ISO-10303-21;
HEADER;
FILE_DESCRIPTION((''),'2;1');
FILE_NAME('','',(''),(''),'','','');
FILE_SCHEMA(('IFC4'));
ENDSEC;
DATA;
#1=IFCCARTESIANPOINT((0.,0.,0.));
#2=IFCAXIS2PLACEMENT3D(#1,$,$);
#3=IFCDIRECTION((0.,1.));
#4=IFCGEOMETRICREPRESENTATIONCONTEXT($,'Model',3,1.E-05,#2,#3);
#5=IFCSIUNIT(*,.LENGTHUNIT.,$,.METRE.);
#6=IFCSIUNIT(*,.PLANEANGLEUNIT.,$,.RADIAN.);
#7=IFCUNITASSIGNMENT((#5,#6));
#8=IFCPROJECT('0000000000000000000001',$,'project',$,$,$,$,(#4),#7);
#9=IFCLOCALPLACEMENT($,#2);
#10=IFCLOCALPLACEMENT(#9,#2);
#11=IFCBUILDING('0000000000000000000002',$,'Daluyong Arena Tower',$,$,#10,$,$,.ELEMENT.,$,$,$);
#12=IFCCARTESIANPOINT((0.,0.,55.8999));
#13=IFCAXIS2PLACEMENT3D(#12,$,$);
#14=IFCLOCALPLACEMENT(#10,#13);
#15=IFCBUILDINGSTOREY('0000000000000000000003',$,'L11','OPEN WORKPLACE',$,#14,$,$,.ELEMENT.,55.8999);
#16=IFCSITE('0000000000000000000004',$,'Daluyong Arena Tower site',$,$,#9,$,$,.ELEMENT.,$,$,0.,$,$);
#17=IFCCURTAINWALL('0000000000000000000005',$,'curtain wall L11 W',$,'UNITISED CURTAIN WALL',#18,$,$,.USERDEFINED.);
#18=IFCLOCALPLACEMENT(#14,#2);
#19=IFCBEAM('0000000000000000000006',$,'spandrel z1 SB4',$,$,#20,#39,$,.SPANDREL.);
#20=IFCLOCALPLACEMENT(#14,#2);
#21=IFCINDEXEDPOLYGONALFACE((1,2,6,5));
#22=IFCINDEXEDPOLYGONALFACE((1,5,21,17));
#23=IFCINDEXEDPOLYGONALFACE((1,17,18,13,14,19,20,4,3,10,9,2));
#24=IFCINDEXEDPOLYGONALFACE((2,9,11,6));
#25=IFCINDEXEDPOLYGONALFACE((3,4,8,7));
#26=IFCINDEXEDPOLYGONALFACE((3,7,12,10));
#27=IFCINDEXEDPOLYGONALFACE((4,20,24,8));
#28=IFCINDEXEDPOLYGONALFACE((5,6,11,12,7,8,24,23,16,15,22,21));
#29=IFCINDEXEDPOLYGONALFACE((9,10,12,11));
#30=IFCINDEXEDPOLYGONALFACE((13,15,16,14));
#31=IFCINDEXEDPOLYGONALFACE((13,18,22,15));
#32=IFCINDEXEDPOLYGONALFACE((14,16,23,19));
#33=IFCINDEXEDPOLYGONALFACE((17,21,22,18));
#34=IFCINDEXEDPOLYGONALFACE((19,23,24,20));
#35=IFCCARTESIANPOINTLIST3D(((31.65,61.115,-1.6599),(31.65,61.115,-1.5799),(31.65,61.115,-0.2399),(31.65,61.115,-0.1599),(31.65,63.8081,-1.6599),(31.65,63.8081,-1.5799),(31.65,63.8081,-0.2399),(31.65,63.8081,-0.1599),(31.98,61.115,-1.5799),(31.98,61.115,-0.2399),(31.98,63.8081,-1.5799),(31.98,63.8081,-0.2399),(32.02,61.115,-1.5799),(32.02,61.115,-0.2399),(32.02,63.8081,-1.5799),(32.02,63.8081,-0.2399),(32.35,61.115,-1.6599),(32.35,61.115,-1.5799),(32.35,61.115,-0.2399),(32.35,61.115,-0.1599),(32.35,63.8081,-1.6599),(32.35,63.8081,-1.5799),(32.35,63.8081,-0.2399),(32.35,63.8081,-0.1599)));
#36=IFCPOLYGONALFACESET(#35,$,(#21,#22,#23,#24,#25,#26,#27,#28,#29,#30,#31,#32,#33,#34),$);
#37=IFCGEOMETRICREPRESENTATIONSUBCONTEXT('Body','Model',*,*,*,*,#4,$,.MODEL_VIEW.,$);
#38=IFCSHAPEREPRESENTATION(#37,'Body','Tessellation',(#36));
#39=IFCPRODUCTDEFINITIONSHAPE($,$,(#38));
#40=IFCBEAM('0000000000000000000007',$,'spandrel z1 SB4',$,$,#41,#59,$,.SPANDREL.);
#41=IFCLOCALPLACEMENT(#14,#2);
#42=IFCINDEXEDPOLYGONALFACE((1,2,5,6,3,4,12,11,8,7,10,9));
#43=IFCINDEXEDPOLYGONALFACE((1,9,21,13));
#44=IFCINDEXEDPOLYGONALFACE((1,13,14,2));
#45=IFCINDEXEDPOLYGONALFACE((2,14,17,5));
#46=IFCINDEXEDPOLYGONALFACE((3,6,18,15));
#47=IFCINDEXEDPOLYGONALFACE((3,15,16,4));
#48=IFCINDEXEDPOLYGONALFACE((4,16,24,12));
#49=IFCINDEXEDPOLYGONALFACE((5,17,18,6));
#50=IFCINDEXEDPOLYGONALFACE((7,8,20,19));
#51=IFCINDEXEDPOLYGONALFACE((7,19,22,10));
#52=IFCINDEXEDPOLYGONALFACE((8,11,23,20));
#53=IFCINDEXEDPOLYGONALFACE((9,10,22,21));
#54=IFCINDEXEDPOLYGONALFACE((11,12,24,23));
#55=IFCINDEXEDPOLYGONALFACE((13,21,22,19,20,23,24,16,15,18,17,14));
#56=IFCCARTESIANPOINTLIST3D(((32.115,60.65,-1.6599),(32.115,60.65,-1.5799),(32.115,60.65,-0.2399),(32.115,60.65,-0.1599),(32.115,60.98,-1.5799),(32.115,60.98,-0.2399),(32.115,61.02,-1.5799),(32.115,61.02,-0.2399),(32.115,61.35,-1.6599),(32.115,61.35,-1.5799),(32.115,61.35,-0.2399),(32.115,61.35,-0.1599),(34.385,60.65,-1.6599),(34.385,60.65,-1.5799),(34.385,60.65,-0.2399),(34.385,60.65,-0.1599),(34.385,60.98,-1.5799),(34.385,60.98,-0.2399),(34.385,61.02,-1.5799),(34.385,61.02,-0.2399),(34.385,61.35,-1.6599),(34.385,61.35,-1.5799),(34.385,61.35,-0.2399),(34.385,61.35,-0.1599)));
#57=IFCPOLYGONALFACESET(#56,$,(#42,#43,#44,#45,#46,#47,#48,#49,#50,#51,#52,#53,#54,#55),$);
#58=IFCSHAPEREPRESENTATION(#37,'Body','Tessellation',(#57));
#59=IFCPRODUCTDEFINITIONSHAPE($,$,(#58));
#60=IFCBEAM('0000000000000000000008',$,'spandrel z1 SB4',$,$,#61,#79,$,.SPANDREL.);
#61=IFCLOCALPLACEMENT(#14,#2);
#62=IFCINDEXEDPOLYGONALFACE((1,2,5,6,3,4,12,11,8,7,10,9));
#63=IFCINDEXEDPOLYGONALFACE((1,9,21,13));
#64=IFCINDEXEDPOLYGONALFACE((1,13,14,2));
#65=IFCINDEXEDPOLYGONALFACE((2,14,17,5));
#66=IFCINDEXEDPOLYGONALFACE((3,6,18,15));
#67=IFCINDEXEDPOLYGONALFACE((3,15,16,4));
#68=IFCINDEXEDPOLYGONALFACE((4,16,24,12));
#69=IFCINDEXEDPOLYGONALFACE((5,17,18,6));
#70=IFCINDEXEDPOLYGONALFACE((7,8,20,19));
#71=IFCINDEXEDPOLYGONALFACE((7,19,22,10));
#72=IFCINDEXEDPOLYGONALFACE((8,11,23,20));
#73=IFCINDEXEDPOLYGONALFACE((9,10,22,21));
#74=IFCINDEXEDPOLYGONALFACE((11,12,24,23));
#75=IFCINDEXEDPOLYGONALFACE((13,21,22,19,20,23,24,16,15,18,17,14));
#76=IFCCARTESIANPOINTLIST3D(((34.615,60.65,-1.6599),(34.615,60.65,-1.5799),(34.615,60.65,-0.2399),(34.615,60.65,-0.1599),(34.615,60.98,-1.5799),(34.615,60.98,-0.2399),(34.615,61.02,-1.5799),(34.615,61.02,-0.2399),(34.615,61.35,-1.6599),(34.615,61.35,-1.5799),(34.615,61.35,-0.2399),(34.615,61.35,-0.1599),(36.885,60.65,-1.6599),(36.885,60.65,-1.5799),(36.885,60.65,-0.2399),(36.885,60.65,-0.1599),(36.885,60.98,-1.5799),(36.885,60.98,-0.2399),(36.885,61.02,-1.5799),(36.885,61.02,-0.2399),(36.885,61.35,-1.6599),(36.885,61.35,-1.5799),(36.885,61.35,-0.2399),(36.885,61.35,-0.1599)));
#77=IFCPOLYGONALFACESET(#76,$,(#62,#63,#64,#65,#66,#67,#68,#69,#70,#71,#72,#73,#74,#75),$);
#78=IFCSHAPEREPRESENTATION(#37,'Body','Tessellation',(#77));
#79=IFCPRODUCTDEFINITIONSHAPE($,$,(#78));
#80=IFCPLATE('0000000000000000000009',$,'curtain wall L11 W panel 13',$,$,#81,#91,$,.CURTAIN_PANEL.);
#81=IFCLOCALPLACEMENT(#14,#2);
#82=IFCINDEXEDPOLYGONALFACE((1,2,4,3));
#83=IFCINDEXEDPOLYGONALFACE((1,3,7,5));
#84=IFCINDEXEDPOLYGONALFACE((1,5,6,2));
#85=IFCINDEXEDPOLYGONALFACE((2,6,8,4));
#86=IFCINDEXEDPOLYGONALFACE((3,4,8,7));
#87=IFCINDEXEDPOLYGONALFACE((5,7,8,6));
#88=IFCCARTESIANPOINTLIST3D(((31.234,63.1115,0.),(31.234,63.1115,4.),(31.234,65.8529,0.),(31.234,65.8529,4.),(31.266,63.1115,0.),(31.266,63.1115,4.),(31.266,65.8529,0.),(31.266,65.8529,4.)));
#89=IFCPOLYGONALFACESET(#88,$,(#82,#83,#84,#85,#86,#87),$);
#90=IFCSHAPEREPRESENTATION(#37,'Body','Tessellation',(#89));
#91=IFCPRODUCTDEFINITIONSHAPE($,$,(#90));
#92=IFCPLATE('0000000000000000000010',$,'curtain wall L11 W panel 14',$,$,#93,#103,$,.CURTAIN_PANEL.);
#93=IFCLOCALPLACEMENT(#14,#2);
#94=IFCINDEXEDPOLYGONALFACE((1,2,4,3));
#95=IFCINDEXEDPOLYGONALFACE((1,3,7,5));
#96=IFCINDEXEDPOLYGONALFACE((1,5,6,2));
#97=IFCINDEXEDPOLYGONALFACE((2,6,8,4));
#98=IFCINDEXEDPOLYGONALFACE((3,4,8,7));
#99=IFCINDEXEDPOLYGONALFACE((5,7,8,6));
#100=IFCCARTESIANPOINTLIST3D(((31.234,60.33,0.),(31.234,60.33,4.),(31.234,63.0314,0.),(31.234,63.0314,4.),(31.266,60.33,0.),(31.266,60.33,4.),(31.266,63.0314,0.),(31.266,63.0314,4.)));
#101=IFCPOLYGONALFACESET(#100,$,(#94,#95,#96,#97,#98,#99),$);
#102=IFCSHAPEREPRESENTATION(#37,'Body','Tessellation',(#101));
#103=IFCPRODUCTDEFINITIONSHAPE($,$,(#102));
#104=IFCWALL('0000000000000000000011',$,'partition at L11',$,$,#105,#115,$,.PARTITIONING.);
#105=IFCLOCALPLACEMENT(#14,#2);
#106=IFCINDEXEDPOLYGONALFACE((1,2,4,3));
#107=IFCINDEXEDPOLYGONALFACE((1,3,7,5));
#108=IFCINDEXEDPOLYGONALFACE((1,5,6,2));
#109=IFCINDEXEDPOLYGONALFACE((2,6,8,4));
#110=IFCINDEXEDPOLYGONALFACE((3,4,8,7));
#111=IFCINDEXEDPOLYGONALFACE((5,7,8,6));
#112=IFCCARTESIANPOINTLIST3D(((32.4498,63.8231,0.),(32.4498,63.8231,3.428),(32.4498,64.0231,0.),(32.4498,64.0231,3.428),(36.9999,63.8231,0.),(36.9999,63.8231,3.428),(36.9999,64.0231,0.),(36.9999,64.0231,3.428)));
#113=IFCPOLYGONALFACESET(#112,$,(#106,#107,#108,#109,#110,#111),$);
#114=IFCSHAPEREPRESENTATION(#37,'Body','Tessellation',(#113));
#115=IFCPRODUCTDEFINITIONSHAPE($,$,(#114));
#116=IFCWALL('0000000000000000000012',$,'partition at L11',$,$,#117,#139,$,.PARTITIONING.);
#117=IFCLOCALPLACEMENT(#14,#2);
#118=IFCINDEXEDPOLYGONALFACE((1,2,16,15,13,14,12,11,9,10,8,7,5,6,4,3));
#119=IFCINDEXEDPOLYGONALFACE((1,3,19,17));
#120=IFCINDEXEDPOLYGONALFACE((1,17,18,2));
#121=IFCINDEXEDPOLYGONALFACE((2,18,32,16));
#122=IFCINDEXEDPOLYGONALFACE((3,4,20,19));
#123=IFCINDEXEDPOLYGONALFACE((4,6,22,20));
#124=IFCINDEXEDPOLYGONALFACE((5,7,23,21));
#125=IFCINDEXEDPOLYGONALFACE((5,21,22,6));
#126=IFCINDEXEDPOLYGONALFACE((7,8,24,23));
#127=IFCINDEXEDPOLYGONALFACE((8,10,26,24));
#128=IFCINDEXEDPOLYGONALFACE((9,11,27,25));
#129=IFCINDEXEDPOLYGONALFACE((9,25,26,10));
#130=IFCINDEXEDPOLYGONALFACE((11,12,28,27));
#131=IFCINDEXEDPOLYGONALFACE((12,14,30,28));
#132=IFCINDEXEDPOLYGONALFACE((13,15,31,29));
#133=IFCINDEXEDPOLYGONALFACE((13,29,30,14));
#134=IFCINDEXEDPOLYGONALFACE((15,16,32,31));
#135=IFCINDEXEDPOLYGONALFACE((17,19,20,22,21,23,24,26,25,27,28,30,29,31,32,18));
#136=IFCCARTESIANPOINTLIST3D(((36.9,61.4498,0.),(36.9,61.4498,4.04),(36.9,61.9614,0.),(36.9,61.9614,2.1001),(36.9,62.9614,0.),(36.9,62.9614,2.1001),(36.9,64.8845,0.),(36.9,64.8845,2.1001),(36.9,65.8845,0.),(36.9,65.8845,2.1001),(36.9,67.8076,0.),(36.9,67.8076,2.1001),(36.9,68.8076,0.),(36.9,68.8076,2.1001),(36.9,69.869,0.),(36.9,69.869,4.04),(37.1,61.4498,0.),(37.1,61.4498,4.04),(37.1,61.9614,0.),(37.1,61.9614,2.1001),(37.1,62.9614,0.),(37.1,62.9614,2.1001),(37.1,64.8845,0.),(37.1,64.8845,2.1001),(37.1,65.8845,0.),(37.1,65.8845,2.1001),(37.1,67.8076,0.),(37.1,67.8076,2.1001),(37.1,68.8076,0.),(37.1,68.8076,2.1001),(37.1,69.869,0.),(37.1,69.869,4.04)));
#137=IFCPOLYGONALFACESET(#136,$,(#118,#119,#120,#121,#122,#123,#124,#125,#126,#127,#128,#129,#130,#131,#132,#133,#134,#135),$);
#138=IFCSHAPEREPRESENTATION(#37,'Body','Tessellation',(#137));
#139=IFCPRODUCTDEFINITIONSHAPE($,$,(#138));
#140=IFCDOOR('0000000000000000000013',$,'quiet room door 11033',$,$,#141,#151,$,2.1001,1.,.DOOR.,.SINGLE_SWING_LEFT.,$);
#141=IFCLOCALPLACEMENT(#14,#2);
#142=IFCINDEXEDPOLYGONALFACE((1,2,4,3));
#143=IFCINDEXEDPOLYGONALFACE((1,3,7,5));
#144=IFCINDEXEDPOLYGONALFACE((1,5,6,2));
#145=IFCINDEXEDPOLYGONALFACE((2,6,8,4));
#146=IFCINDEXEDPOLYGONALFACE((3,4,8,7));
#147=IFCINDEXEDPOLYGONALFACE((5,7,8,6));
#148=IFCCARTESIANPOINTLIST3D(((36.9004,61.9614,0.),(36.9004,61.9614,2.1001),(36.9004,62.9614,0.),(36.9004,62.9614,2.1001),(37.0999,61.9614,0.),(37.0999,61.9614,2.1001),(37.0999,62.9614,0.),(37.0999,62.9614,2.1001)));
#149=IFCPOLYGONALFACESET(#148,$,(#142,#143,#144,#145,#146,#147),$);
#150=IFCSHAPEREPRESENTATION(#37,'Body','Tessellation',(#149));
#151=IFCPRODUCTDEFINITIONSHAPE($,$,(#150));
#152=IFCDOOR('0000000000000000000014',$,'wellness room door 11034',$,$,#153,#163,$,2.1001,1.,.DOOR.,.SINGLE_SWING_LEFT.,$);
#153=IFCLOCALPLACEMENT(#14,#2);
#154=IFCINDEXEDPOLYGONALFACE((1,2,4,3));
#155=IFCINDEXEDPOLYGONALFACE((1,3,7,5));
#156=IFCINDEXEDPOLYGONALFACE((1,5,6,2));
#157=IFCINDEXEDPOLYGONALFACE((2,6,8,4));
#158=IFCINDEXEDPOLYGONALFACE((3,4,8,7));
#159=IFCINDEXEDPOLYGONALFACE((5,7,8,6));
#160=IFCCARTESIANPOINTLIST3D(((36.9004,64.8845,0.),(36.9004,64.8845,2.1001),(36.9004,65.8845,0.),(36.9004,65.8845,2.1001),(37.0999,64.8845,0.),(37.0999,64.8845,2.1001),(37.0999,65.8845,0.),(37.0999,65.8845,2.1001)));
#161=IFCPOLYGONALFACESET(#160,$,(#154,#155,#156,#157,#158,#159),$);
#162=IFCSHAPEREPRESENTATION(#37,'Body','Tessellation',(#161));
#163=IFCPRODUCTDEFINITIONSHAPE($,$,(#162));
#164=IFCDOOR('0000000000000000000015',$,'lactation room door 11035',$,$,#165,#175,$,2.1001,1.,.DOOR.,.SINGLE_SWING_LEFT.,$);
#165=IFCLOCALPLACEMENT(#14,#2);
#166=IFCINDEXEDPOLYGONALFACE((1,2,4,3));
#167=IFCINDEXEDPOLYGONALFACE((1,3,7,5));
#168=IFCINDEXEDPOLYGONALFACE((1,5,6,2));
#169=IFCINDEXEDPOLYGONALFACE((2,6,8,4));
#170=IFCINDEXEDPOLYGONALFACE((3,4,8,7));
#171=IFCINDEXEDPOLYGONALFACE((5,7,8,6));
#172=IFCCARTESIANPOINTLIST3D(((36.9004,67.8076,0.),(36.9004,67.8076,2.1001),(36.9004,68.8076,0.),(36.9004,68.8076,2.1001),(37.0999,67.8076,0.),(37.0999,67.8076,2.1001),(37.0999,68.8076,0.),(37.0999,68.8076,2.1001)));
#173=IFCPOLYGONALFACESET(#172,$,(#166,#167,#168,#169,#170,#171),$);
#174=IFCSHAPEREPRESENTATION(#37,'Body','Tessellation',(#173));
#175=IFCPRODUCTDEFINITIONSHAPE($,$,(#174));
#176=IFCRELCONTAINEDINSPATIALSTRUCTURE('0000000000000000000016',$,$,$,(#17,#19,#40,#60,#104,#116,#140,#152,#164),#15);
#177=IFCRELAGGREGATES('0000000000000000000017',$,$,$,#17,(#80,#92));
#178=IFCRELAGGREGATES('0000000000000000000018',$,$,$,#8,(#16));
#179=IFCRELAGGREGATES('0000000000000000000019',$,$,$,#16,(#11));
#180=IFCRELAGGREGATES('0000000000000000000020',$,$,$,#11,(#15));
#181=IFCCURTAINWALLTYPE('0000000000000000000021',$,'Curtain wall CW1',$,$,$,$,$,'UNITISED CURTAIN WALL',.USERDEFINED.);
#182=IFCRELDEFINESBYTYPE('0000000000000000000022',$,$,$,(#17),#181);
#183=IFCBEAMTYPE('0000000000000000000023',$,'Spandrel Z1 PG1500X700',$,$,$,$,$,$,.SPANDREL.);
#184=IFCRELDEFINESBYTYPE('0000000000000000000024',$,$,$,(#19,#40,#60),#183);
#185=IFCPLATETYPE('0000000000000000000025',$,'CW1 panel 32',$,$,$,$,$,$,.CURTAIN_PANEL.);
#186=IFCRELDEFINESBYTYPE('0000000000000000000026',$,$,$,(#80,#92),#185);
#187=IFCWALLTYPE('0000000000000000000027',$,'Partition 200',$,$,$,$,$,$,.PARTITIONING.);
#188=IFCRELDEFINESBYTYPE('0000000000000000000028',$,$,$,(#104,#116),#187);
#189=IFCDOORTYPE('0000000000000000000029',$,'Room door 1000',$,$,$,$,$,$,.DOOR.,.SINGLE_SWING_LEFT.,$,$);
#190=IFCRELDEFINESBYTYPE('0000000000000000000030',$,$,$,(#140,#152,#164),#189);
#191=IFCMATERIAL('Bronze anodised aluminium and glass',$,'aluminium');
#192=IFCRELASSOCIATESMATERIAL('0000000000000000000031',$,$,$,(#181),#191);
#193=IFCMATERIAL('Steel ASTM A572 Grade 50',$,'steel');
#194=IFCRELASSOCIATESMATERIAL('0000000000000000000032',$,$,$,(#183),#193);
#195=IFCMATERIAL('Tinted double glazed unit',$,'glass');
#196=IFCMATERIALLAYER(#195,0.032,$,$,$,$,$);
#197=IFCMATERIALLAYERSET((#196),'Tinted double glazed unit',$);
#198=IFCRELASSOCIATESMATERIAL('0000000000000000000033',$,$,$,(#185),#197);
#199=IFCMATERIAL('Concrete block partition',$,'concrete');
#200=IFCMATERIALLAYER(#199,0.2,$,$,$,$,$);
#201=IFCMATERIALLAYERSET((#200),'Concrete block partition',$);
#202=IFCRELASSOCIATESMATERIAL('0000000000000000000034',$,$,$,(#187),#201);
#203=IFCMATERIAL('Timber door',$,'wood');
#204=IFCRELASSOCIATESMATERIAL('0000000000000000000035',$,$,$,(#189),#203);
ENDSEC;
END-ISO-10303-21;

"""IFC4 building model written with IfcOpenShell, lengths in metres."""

from ifc_helpers import new_model, si_unit, direction, frame, frame_2d, origin, origin_2d, place, context, subcontext, project, spatial, rectangle, i_section, extrude, material, layer, layer_set, material_profile, profile_set, type_object, element, fill, aggregate, save


model = new_model("IFC4")

# Units and contexts
model_context = context("Model", 3, precision=1e-05, world=origin(), true_north=direction((0.0, 1.0)))
body_context = subcontext(model_context, "Body", "Model", "MODEL_VIEW")
ifc_project = project(units=[si_unit("LENGTHUNIT", "METRE"), si_unit("PLANEANGLEUNIT", "RADIAN")], contexts=[model_context])

# Site, building, storey
site_placement = place(None, origin())
site = spatial("IfcSite", under=ifc_project, at=site_placement, Name="Daluyong Arena Tower site", CompositionType="ELEMENT", RefElevation=0.0)
building_placement = place(site_placement, origin())
building = spatial("IfcBuilding", under=site, at=building_placement, Name="Daluyong Arena Tower", CompositionType="ELEMENT")
storey_placement = place(building_placement, frame((0.0, 0.0, 55.8999)))
storey = spatial("IfcBuildingStorey", under=building, at=storey_placement, Name="L11", Description="OPEN WORKPLACE", CompositionType="ELEMENT", Elevation=55.8999)

# Curtain wall
ifc_material_1 = material(Name="Bronze anodised aluminium and glass", Category="aluminium")
curtain_wall_type = type_object("IfcCurtainWallType", Name="Curtain wall CW1", ElementType="UNITISED CURTAIN WALL", PredefinedType="USERDEFINED", material=ifc_material_1)
curtain_wall_placement = place(storey_placement, origin())
curtain_wall = element("IfcCurtainWall", 1, at=curtain_wall_placement, inside=storey, type_object=curtain_wall_type, Name="curtain wall L11 W", ObjectType="UNITISED CURTAIN WALL", PredefinedType="USERDEFINED")

# Beams
ifc_material_2 = material(Name="Steel ASTM A572 Grade 50", Category="steel")
ifc_material_profile_1 = material_profile(ifc_material_2, i_section(OverallWidth=0.7, OverallDepth=1.5, WebThickness=0.04, FlangeThickness=0.08, at=origin_2d()))
ifc_profile_set_1 = profile_set([ifc_material_profile_1], Name="Steel ASTM A572 Grade 50")
beam_type_1 = type_object("IfcBeamType", Name="Spandrel Z1 PG1500X700", PredefinedType="SPANDREL", material=ifc_profile_set_1)
for number, where, z_axis, x_axis, name in (
    (2, (32.0, 63.8081, -0.9099), (0.0, -1.0, 0.0), (1.0, 0.0, 0.0), "spandrel z1 SB4"),
):
    element("IfcBeam", number, at=place(storey_placement, frame(where, z_axis=z_axis, x_axis=x_axis)), inside=storey, type_object=beam_type_1, Name=name, PredefinedType="SPANDREL", context=body_context, shape_type="SweptSolid", body=[
        extrude(i_section(OverallWidth=0.7, OverallDepth=1.5, WebThickness=0.04, FlangeThickness=0.08, at=origin_2d()), origin(), (0.0, 0.0, 1.0), 2.6931),
    ])
for number, where, z_axis, x_axis, name in (
    (3, (32.115, 61.0, -0.9099), (1.0, 0.0, 0.0), (0.0, 1.0, 0.0), "spandrel z1 SB4"),
    (4, (34.615, 61.0, -0.9099), (1.0, 0.0, 0.0), (0.0, 1.0, 0.0), "spandrel z1 SB4"),
):
    element("IfcBeam", number, at=place(storey_placement, frame(where, z_axis=z_axis, x_axis=x_axis)), inside=storey, type_object=beam_type_1, Name=name, PredefinedType="SPANDREL", context=body_context, shape_type="SweptSolid", body=[
        extrude(i_section(OverallWidth=0.7, OverallDepth=1.5, WebThickness=0.04, FlangeThickness=0.08, at=origin_2d()), origin(), (0.0, 0.0, 1.0), 2.27),
    ])

# Plates
ifc_material_3 = material(Name="Tinted double glazed unit", Category="glass")
ifc_layer_1 = layer(ifc_material_3, 0.032)
ifc_layer_set_1 = layer_set([ifc_layer_1], Name="Tinted double glazed unit")
plate_type = type_object("IfcPlateType", Name="CW1 panel 32", PredefinedType="CURTAIN_PANEL", material=ifc_layer_set_1)
plate_1_placement = place(storey_placement, frame((31.25, 64.4822, 0.0), z_axis=(0.0, 0.0, 1.0), x_axis=(0.0, -1.0, 0.0)))
plate_1 = element("IfcPlate", 5, at=plate_1_placement, type_object=plate_type, Name="curtain wall L11 W panel 13", PredefinedType="CURTAIN_PANEL", context=body_context, shape_type="SweptSolid", body=[
    extrude(rectangle(XDim=2.7415, YDim=0.032, at=origin_2d()), origin(), (0.0, 0.0, 1.0), 4.0),
])
plate_2_placement = place(storey_placement, frame((31.25, 61.6807, 0.0), z_axis=(0.0, 0.0, 1.0), x_axis=(0.0, -1.0, 0.0)))
plate_2 = element("IfcPlate", 6, at=plate_2_placement, type_object=plate_type, Name="curtain wall L11 W panel 14", PredefinedType="CURTAIN_PANEL", context=body_context, shape_type="SweptSolid", body=[
    extrude(rectangle(XDim=2.7014, YDim=0.032, at=origin_2d()), origin(), (0.0, 0.0, 1.0), 4.0),
])
aggregate(curtain_wall, [plate_1, plate_2])

# Wall
ifc_material_4 = material(Name="Concrete block partition", Category="concrete")
ifc_layer_2 = layer(ifc_material_4, 0.2)
ifc_layer_set_2 = layer_set([ifc_layer_2], Name="Concrete block partition")
wall_type = type_object("IfcWallType", Name="Partition 200", PredefinedType="PARTITIONING", material=ifc_layer_set_2)
wall_1_placement = place(storey_placement, frame((32.45, 63.9231, 0.0), z_axis=(0.0, 0.0, 1.0), x_axis=(1.0, 0.0, 0.0)))
element("IfcWall", 7, at=wall_1_placement, inside=storey, type_object=wall_type, Name="partition at L11", PredefinedType="PARTITIONING", context=body_context, shape_type="SweptSolid", body=[
    extrude(rectangle(XDim=4.55, YDim=0.2, at=frame_2d((2.2749, 0.0))), origin(), (0.0, 0.0, 1.0), 3.428),
])

# Wall, openings, doors
wall_2_placement = place(storey_placement, frame((37.0, 61.45, 0.0), z_axis=(0.0, 0.0, 1.0), x_axis=(0.0, 1.0, 0.0)))
wall_2 = element("IfcWall", 8, at=wall_2_placement, inside=storey, type_object=wall_type, Name="partition at L11", PredefinedType="PARTITIONING", context=body_context, shape_type="SweptSolid", body=[
    extrude(rectangle(XDim=8.4192, YDim=0.2, at=frame_2d((4.2095, 0.0))), origin(), (0.0, 0.0, 1.0), 4.04),
])
opening_1_placement = place(wall_2_placement, frame((0.5115, 0.0, 0.0)))
opening_1 = element("IfcOpeningElement", 9, at=opening_1_placement, cuts=wall_2, PredefinedType="OPENING", context=body_context, shape_type="SweptSolid", body=[
    extrude(rectangle(XDim=1.0, YDim=2.1001, at=frame_2d((0.5, 1.05))), frame((0.0, 0.1099, 0.0), z_axis=(0.0, -1.0, 0.0), x_axis=(1.0, 0.0, 0.0)), (0.0, 0.0, 1.0), 0.22),
])
opening_2_placement = place(wall_2_placement, frame((3.4346, 0.0, 0.0)))
opening_2 = element("IfcOpeningElement", 10, at=opening_2_placement, cuts=wall_2, PredefinedType="OPENING", context=body_context, shape_type="SweptSolid", body=[
    extrude(rectangle(XDim=1.0, YDim=2.1001, at=frame_2d((0.5, 1.05))), frame((0.0, 0.1099, 0.0), z_axis=(0.0, -1.0, 0.0), x_axis=(1.0, 0.0, 0.0)), (0.0, 0.0, 1.0), 0.22),
])
opening_3_placement = place(wall_2_placement, frame((6.3577, 0.0, 0.0)))
opening_3 = element("IfcOpeningElement", 11, at=opening_3_placement, cuts=wall_2, PredefinedType="OPENING", context=body_context, shape_type="SweptSolid", body=[
    extrude(rectangle(XDim=1.0, YDim=2.1001, at=frame_2d((0.5, 1.05))), frame((0.0, 0.1099, 0.0), z_axis=(0.0, -1.0, 0.0), x_axis=(1.0, 0.0, 0.0)), (0.0, 0.0, 1.0), 0.22),
])
ifc_material_5 = material(Name="Timber door", Category="wood")
door_type = type_object("IfcDoorType", Name="Room door 1000", OperationType="SINGLE_SWING_LEFT", PredefinedType="DOOR", material=ifc_material_5)
door_1_placement = place(opening_1_placement, origin())
door_1 = element("IfcDoor", 12, at=door_1_placement, inside=storey, type_object=door_type, Name="quiet room door 11033", OperationType="SINGLE_SWING_LEFT", OverallHeight=2.1001, OverallWidth=1.0, PredefinedType="DOOR", context=body_context, shape_type="SweptSolid", body=[
    extrude(rectangle(XDim=1.0, YDim=2.1001, at=frame_2d((0.5, 1.05))), frame((0.0, 0.0996, 0.0), z_axis=(0.0, -1.0, 0.0), x_axis=(1.0, 0.0, 0.0)), (0.0, 0.0, 1.0), 0.1995),
])
fill(opening_1, door_1)
door_2_placement = place(opening_2_placement, origin())
door_2 = element("IfcDoor", 13, at=door_2_placement, inside=storey, type_object=door_type, Name="wellness room door 11034", OperationType="SINGLE_SWING_LEFT", OverallHeight=2.1001, OverallWidth=1.0, PredefinedType="DOOR", context=body_context, shape_type="SweptSolid", body=[
    extrude(rectangle(XDim=1.0, YDim=2.1001, at=frame_2d((0.5, 1.05))), frame((0.0, 0.0996, 0.0), z_axis=(0.0, -1.0, 0.0), x_axis=(1.0, 0.0, 0.0)), (0.0, 0.0, 1.0), 0.1995),
])
fill(opening_2, door_2)
door_3_placement = place(opening_3_placement, origin())
door_3 = element("IfcDoor", 14, at=door_3_placement, inside=storey, type_object=door_type, Name="lactation room door 11035", OperationType="SINGLE_SWING_LEFT", OverallHeight=2.1001, OverallWidth=1.0, PredefinedType="DOOR", context=body_context, shape_type="SweptSolid", body=[
    extrude(rectangle(XDim=1.0, YDim=2.1001, at=frame_2d((0.5, 1.05))), frame((0.0, 0.0996, 0.0), z_axis=(0.0, -1.0, 0.0), x_axis=(1.0, 0.0, 0.0)), (0.0, 0.0, 1.0), 0.1995),
])
fill(opening_3, door_3)

save(model, "model.ifc")
